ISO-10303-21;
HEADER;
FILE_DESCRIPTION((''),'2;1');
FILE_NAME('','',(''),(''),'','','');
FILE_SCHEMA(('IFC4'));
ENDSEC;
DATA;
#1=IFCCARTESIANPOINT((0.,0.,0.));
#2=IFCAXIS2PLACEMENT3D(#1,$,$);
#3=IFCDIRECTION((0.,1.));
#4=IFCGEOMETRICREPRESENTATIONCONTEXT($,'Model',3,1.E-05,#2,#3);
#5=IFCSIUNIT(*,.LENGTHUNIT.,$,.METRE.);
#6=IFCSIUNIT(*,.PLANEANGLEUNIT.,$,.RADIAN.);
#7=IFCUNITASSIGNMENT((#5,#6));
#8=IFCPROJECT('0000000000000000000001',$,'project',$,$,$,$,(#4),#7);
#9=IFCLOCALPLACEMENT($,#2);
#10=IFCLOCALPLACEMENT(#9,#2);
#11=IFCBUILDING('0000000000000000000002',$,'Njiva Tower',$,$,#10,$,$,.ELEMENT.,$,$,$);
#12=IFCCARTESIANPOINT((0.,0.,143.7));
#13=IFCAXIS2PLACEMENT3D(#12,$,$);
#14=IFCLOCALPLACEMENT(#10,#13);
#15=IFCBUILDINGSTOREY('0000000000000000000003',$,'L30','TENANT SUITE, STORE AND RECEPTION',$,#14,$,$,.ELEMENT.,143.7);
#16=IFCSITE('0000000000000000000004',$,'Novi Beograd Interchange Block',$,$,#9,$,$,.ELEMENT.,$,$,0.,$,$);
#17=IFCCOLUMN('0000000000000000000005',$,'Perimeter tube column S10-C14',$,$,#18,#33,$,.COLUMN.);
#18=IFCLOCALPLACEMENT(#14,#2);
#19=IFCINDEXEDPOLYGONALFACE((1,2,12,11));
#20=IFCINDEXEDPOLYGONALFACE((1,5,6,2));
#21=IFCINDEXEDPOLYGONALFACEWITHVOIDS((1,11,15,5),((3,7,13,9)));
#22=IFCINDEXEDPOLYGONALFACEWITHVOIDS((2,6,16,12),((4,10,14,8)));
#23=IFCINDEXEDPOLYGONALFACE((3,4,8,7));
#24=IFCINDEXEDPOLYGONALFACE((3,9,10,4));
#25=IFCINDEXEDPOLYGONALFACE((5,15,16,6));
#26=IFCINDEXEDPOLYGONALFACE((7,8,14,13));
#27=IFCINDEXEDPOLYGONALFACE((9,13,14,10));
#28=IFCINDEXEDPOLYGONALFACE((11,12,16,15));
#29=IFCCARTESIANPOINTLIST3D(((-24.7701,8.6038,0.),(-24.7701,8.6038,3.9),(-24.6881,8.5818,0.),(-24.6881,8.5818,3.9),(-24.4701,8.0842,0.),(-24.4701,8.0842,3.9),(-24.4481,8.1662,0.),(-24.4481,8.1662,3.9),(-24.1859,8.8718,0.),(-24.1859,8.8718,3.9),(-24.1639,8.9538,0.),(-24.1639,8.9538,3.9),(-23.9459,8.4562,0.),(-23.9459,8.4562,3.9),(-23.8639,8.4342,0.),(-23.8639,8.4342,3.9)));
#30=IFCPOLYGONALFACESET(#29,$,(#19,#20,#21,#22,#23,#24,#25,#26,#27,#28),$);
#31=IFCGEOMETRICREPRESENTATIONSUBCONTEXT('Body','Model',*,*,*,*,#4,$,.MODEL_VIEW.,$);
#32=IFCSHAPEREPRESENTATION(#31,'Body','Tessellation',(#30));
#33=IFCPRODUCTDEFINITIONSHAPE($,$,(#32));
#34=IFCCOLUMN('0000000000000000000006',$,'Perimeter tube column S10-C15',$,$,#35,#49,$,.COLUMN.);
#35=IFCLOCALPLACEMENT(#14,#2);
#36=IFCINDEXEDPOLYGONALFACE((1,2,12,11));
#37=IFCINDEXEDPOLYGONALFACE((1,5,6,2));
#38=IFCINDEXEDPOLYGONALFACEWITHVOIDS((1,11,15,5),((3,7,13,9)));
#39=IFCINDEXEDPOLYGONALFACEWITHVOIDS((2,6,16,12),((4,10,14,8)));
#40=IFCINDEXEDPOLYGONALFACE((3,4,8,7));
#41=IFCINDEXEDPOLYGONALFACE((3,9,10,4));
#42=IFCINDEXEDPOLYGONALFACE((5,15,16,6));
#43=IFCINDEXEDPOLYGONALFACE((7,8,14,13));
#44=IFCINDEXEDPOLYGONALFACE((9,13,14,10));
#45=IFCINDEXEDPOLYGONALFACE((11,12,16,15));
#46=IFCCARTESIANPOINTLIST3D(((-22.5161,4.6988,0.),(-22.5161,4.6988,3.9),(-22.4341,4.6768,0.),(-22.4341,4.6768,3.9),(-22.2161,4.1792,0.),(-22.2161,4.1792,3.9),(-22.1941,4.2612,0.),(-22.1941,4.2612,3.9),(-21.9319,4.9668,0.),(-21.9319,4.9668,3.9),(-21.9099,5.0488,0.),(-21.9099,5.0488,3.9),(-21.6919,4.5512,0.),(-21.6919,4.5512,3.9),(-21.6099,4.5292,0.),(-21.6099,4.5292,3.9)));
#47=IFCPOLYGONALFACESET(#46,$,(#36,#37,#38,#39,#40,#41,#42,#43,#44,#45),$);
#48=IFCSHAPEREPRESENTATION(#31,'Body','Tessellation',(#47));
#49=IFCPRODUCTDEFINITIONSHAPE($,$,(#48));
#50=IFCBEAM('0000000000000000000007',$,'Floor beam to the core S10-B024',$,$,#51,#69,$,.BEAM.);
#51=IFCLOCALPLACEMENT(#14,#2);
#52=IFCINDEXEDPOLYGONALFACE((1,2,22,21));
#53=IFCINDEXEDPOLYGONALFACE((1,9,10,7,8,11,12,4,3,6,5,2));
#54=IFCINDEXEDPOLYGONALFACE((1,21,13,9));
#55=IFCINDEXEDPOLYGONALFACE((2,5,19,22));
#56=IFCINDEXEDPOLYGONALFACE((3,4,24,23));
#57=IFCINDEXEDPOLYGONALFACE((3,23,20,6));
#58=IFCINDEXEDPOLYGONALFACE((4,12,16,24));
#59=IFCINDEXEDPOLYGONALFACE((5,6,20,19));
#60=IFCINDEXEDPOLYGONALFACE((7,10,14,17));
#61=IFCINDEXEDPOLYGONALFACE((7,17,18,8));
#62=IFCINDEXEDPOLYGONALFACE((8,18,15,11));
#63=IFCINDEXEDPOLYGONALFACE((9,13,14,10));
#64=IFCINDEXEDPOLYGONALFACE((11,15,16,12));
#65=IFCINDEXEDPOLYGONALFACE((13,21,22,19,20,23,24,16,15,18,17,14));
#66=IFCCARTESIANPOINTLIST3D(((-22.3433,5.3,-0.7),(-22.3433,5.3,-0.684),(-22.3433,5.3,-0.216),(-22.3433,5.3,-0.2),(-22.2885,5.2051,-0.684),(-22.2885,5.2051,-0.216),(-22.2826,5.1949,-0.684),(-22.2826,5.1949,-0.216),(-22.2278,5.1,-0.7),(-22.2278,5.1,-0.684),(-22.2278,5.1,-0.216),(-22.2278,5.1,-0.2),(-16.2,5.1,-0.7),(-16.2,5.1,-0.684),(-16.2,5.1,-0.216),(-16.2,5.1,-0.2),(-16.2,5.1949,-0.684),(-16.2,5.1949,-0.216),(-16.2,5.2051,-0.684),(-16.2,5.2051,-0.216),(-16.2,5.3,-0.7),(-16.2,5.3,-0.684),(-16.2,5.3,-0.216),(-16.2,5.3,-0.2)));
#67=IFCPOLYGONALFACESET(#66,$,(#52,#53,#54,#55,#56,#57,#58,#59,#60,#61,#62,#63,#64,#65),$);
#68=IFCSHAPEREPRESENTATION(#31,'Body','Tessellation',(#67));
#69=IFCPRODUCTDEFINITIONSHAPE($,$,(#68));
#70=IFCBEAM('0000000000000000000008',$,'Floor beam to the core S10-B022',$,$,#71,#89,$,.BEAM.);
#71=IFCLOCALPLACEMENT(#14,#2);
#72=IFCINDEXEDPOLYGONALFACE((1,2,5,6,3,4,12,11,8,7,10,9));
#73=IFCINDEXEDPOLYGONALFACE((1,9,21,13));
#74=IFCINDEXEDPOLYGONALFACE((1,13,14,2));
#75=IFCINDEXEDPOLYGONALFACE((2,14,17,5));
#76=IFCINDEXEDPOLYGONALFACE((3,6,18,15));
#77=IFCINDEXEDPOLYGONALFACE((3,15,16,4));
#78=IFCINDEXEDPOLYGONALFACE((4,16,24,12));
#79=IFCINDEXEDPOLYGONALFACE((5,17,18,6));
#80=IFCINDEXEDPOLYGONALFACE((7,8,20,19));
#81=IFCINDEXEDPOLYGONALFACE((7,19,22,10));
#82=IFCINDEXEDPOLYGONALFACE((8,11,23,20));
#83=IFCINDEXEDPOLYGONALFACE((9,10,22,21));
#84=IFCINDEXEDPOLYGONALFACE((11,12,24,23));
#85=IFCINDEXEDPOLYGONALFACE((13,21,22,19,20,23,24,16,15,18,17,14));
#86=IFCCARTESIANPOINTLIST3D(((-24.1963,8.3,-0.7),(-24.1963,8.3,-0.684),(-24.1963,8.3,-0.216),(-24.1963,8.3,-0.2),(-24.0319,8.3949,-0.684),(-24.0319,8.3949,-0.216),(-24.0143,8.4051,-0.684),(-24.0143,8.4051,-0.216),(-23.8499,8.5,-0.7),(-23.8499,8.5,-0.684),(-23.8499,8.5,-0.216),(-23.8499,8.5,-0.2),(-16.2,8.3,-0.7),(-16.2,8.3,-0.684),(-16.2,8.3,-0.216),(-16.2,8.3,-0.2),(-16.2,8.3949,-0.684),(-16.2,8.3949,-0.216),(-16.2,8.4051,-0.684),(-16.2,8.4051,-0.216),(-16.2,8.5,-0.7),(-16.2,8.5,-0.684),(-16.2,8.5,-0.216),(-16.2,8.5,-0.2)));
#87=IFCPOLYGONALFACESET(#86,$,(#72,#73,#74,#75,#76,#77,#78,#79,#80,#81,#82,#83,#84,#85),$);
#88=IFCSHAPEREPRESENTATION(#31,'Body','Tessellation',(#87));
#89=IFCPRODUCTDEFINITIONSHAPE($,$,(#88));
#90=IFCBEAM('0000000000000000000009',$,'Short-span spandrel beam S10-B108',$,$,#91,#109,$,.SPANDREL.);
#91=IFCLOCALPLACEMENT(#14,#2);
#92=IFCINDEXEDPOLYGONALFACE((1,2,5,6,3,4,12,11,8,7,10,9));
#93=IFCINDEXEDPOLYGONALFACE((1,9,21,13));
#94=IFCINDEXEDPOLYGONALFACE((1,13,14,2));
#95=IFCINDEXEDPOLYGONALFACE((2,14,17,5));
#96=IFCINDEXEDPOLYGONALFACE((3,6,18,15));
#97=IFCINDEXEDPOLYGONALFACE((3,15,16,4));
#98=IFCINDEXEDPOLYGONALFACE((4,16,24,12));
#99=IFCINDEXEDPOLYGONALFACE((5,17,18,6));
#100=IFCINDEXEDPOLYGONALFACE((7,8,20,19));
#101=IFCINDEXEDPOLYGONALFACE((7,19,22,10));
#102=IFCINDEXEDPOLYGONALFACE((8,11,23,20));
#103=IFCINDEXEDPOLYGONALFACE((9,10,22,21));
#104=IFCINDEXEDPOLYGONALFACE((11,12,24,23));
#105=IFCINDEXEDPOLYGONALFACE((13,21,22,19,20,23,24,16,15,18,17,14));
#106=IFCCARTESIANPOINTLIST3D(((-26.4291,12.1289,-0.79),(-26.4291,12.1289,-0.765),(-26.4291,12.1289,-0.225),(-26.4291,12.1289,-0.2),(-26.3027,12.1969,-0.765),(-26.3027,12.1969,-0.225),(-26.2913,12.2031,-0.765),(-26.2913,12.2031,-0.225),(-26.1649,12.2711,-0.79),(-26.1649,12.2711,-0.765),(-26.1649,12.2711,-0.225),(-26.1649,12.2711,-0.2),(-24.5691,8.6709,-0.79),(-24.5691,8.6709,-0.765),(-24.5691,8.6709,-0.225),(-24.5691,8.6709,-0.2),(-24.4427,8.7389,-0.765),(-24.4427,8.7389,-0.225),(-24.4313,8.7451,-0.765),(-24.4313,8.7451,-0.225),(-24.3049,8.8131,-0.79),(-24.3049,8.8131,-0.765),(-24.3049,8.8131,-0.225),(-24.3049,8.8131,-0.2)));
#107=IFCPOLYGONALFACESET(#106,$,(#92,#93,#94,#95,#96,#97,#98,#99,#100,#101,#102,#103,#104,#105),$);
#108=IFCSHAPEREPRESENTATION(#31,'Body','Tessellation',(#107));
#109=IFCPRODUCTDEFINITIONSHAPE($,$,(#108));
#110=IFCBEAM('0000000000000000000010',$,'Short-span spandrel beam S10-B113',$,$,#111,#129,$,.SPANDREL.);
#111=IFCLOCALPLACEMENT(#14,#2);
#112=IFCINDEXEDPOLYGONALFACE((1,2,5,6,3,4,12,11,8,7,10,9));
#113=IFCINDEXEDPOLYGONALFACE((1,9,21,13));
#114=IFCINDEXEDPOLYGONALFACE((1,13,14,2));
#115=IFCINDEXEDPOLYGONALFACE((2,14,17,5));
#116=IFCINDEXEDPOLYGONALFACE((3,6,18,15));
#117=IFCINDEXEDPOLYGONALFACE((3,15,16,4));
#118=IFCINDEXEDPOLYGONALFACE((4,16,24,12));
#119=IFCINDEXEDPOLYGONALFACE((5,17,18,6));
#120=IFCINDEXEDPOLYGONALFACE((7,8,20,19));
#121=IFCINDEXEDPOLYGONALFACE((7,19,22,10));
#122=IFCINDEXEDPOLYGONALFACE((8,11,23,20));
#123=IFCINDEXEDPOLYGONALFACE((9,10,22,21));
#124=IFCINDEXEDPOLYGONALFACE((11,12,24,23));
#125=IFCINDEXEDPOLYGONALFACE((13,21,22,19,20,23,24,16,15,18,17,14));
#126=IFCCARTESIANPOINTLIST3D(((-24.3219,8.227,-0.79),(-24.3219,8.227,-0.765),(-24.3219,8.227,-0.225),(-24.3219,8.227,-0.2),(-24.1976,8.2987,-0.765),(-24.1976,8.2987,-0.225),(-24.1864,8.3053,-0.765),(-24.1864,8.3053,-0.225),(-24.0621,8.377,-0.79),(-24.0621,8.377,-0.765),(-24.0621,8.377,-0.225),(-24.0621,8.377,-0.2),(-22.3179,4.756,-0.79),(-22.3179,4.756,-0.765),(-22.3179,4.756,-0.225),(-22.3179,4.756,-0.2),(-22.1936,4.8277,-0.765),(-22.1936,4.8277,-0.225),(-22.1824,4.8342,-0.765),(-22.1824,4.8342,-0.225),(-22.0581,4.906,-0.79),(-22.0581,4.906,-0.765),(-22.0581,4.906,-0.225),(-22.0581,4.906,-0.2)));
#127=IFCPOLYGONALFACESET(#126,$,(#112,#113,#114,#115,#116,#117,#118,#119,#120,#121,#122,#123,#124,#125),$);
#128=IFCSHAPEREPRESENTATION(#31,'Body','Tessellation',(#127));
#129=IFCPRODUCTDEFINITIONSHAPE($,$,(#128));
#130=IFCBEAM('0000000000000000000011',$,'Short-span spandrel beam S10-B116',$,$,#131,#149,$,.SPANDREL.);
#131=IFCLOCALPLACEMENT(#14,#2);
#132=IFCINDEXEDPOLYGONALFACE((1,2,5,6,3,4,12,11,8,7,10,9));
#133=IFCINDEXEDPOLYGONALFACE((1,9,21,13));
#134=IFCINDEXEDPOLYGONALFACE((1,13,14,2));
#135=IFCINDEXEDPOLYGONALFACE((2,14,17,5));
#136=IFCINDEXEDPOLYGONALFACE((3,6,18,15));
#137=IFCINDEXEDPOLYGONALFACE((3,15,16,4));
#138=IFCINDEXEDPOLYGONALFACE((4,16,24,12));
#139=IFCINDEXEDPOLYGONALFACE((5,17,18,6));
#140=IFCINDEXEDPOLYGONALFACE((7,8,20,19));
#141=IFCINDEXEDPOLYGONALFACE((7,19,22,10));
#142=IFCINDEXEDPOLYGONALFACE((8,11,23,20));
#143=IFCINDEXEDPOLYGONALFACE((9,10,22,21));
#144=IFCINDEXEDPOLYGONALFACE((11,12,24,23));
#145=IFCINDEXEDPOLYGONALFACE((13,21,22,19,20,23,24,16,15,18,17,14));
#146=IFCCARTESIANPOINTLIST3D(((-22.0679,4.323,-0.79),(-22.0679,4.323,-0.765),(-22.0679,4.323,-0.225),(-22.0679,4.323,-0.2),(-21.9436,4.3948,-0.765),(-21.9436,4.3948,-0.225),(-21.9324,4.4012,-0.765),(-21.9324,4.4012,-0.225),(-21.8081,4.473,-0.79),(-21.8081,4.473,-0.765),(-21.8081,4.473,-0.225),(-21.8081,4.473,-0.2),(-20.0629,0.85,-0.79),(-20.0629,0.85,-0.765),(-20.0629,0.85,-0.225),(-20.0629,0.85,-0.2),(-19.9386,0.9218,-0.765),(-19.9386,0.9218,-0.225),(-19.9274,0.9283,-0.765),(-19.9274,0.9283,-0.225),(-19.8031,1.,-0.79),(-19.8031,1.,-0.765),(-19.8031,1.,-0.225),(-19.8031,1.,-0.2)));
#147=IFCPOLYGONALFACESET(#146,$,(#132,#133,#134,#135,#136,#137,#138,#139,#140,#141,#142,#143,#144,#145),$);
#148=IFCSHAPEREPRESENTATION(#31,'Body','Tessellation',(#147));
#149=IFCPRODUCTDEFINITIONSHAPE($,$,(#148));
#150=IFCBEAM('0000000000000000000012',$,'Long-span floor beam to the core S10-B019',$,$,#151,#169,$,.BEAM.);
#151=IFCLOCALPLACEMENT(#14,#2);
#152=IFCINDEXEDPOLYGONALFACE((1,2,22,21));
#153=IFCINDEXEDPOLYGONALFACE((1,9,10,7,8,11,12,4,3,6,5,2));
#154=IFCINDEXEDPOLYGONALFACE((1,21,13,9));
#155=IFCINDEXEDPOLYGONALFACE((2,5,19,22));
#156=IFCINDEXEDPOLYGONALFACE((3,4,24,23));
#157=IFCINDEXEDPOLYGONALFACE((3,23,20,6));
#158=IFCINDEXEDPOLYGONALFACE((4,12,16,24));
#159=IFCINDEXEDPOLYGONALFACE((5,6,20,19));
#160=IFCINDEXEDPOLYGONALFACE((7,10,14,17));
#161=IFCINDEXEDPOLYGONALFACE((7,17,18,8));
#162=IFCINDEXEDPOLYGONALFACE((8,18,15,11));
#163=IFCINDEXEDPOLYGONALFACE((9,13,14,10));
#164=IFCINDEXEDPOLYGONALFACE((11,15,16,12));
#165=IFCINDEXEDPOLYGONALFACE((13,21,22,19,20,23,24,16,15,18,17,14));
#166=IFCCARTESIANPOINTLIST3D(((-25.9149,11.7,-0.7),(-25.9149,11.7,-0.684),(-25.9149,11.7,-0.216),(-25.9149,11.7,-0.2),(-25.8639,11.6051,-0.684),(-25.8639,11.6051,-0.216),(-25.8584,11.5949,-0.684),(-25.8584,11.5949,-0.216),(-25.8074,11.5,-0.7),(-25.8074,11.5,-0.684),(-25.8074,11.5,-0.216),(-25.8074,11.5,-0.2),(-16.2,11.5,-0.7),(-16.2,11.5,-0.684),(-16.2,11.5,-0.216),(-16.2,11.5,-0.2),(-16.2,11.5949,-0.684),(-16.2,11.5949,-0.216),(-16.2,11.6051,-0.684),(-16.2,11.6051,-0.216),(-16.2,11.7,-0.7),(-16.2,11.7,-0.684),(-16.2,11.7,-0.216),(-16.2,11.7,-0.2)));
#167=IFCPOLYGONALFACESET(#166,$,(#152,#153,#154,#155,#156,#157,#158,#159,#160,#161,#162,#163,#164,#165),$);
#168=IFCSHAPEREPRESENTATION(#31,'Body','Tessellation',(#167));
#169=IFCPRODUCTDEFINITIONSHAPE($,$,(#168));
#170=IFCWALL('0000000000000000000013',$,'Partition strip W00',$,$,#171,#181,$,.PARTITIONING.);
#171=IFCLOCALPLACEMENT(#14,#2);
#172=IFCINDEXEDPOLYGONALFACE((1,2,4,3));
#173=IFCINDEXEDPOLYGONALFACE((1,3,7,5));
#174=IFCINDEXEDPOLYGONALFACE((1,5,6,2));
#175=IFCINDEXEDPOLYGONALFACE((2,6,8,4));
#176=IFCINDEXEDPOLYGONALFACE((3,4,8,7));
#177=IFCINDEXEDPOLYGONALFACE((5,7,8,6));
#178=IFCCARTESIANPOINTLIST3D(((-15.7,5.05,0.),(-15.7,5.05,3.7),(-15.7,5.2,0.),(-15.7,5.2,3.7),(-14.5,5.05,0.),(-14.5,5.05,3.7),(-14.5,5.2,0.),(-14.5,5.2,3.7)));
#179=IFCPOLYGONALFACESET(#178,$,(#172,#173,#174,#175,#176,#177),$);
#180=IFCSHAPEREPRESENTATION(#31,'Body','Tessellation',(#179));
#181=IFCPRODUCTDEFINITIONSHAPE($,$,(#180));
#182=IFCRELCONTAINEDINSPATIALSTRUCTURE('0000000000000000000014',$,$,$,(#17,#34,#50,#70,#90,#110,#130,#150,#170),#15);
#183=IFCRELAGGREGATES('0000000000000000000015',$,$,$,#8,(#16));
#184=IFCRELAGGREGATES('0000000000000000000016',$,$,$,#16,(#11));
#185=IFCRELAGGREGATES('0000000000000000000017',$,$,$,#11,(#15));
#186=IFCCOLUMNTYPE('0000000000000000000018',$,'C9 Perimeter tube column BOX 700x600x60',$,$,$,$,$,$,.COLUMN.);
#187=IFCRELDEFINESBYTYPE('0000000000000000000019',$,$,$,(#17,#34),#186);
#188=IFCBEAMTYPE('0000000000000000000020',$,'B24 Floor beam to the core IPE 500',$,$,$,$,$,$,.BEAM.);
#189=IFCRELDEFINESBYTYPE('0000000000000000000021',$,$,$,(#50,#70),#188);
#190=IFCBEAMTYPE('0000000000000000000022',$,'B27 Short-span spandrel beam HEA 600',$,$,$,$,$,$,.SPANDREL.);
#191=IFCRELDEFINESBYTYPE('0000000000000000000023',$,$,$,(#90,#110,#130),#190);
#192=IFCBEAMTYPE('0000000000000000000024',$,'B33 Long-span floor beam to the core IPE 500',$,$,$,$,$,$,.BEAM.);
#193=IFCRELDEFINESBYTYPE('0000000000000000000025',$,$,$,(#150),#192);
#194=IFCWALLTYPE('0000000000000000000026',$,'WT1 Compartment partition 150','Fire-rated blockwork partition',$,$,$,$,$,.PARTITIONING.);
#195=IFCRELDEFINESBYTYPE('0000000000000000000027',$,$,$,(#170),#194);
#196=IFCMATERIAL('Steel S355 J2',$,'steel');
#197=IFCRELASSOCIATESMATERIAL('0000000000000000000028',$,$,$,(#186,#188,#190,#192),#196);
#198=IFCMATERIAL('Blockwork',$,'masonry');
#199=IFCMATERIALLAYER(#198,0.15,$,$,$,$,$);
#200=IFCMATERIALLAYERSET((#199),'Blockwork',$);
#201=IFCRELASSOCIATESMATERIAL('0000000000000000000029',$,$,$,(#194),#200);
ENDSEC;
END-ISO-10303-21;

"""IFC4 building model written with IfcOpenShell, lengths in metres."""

from ifc_helpers import new_model, si_unit, direction, frame, frame_2d, origin, origin_2d, place, context, subcontext, project, spatial, rectangle, hollow_rectangle, i_section, extrude, clip, halfspace, material, layer, layer_set, material_profile, profile_set, type_object, element, save


model = new_model("IFC4")

# Units and contexts
model_context = context("Model", 3, precision=1e-05, world=origin(), true_north=direction((0.0, 1.0)))
body_context = subcontext(model_context, "Body", "Model", "MODEL_VIEW")
ifc_project = project(units=[si_unit("LENGTHUNIT", "METRE"), si_unit("PLANEANGLEUNIT", "RADIAN")], contexts=[model_context])

# Site, building, storey
site_placement = place(None, origin())
site = spatial("IfcSite", under=ifc_project, at=site_placement, Name="Novi Beograd Interchange Block", CompositionType="ELEMENT", RefElevation=0.0)
building_placement = place(site_placement, origin())
building = spatial("IfcBuilding", under=site, at=building_placement, Name="Njiva Tower", CompositionType="ELEMENT")
storey_placement = place(building_placement, frame((0.0, 0.0, 143.7)))
storey = spatial("IfcBuildingStorey", under=building, at=storey_placement, Name="L30", Description="TENANT SUITE, STORE AND RECEPTION", CompositionType="ELEMENT", Elevation=143.7)

# Columns
ifc_material_1 = material(Name="Steel S355 J2", Category="steel")
ifc_material_profile_1 = material_profile(ifc_material_1, hollow_rectangle(XDim=0.6, YDim=0.7, WallThickness=0.06, at=origin_2d()), Name="BOX 700x600x60")
ifc_profile_set_1 = profile_set([ifc_material_profile_1], Name="Steel S355 J2")
column_type = type_object("IfcColumnType", Name="C9 Perimeter tube column BOX 700x600x60", PredefinedType="COLUMN", material=ifc_profile_set_1)
for number, where, z_axis, x_axis, name in (
    (1, (-24.317, 8.519, 0.0), (0.0, 0.0, 1.0), (0.5, -0.866025, 0.0), "Perimeter tube column S10-C14"),
    (2, (-22.063, 4.614, 0.0), (0.0, 0.0, 1.0), (0.5, -0.866025, 0.0), "Perimeter tube column S10-C15"),
):
    element("IfcColumn", number, at=place(storey_placement, frame(where, z_axis=z_axis, x_axis=x_axis)), inside=storey, type_object=column_type, Name=name, PredefinedType="COLUMN", context=body_context, shape_type="SweptSolid", body=[
        extrude(hollow_rectangle(XDim=0.6, YDim=0.7, WallThickness=0.06, at=origin_2d()), origin(), (0.0, 0.0, 1.0), 3.9),
    ])

# Beams
ifc_material_profile_2 = material_profile(ifc_material_1, i_section(OverallWidth=0.2, OverallDepth=0.5, WebThickness=0.0102, FlangeThickness=0.016, at=origin_2d()), Name="IPE 500")
ifc_profile_set_2 = profile_set([ifc_material_profile_2], Name="Steel S355 J2")
beam_type_1 = type_object("IfcBeamType", Name="B24 Floor beam to the core IPE 500", PredefinedType="BEAM", material=ifc_profile_set_2)
beam_1_placement = place(storey_placement, frame((-22.364, 5.2, -0.45), z_axis=(1.0, 0.0, 0.0), x_axis=(0.0, 1.0, 0.0)))
element("IfcBeam", 3, at=beam_1_placement, inside=storey, type_object=beam_type_1, Name="Floor beam to the core S10-B024", PredefinedType="BEAM", context=body_context, shape_type="Clipping", body=[
    clip(extrude(i_section(OverallWidth=0.2, OverallDepth=0.5, WebThickness=0.0102, FlangeThickness=0.016, at=origin_2d()), origin(), (0.0, 0.0, 1.0), 6.164), halfspace(frame((-0.025, 0.0, 0.0929), z_axis=(-0.499998, 0.0, -0.866027), x_axis=(0.0, -1.0, 0.0)), False)),
])
beam_2_placement = place(storey_placement, frame((-24.216, 8.4, -0.45), z_axis=(1.0, 0.0, 0.0), x_axis=(0.0, 1.0, 0.0)))
element("IfcBeam", 4, at=beam_2_placement, inside=storey, type_object=beam_type_1, Name="Floor beam to the core S10-B022", PredefinedType="BEAM", context=body_context, shape_type="Clipping", body=[
    clip(extrude(i_section(OverallWidth=0.2, OverallDepth=0.5, WebThickness=0.0102, FlangeThickness=0.016, at=origin_2d()), origin(), (0.0, 0.0, 1.0), 8.016), halfspace(frame((0.0433, 0.0, 0.2679), z_axis=(0.866027, 0.0, -0.499998), x_axis=(0.0, -1.0, 0.0)), False)),
])
ifc_material_profile_3 = material_profile(ifc_material_1, i_section(OverallWidth=0.3, OverallDepth=0.59, WebThickness=0.013, FlangeThickness=0.025, at=origin_2d()), Name="HEA 600")
ifc_profile_set_3 = profile_set([ifc_material_profile_3], Name="Steel S355 J2")
beam_type_2 = type_object("IfcBeamType", Name="B27 Short-span spandrel beam HEA 600", PredefinedType="SPANDREL", material=ifc_profile_set_3)
beam_3_placement = place(storey_placement, frame((-26.297, 12.2, -0.495), z_axis=(0.473705, -0.880684, 0.0), x_axis=(0.880684, 0.473705, 0.0)))
element("IfcBeam", 5, at=beam_3_placement, inside=storey, type_object=beam_type_2, Name="Short-span spandrel beam S10-B108", PredefinedType="SPANDREL", context=body_context, shape_type="SweptSolid", body=[
    extrude(i_section(OverallWidth=0.3, OverallDepth=0.59, WebThickness=0.013, FlangeThickness=0.025, at=origin_2d()), origin(), (0.0, 0.0, 1.0), 3.9265),
])
beam_4_placement = place(storey_placement, frame((-24.192, 8.302, -0.495), z_axis=(0.500003, -0.866024, 0.0), x_axis=(0.866024, 0.500003, 0.0)))
element("IfcBeam", 6, at=beam_4_placement, inside=storey, type_object=beam_type_2, Name="Short-span spandrel beam S10-B113", PredefinedType="SPANDREL", context=body_context, shape_type="SweptSolid", body=[
    extrude(i_section(OverallWidth=0.3, OverallDepth=0.59, WebThickness=0.013, FlangeThickness=0.025, at=origin_2d()), origin(), (0.0, 0.0, 1.0), 4.008),
])
beam_5_placement = place(storey_placement, frame((-21.938, 4.398, -0.495), z_axis=(0.499974, -0.86604, 0.0), x_axis=(0.86604, 0.499974, 0.0)))
element("IfcBeam", 7, at=beam_5_placement, inside=storey, type_object=beam_type_2, Name="Short-span spandrel beam S10-B116", PredefinedType="SPANDREL", context=body_context, shape_type="SweptSolid", body=[
    extrude(i_section(OverallWidth=0.3, OverallDepth=0.59, WebThickness=0.013, FlangeThickness=0.025, at=origin_2d()), origin(), (0.0, 0.0, 1.0), 4.0102),
])
ifc_material_profile_4 = material_profile(ifc_material_1, i_section(OverallWidth=0.2, OverallDepth=0.5, WebThickness=0.0102, FlangeThickness=0.016, at=origin_2d()), Name="IPE 500")
ifc_profile_set_4 = profile_set([ifc_material_profile_4], Name="Steel S355 J2")
beam_type_3 = type_object("IfcBeamType", Name="B33 Long-span floor beam to the core IPE 500", PredefinedType="BEAM", material=ifc_profile_set_4)
beam_6_placement = place(storey_placement, frame((-25.935, 11.6, -0.45), z_axis=(1.0, 0.0, 0.0), x_axis=(0.0, 1.0, 0.0)))
element("IfcBeam", 8, at=beam_6_placement, inside=storey, type_object=beam_type_3, Name="Long-span floor beam to the core S10-B019", PredefinedType="BEAM", context=body_context, shape_type="Clipping", body=[
    clip(extrude(i_section(OverallWidth=0.2, OverallDepth=0.5, WebThickness=0.0102, FlangeThickness=0.016, at=origin_2d()), origin(), (0.0, 0.0, 1.0), 9.735), halfspace(frame((-0.0237, 0.0, 0.0866), z_axis=(-0.473777, 0.0, -0.880645), x_axis=(0.0, -1.0, 0.0)), False)),
])

# Wall
ifc_material_2 = material(Name="Blockwork", Category="masonry")
ifc_layer_1 = layer(ifc_material_2, 0.15)
ifc_layer_set_1 = layer_set([ifc_layer_1], Name="Blockwork")
wall_type_1 = type_object("IfcWallType", Name="WT1 Compartment partition 150", Description="Fire-rated blockwork partition", PredefinedType="PARTITIONING", material=ifc_layer_set_1)
wall_1_placement = place(storey_placement, frame((-15.7, 5.125, 0.0), z_axis=(0.0, 0.0, 1.0), x_axis=(1.0, 0.0, 0.0)))
element("IfcWall", 9, at=wall_1_placement, inside=storey, type_object=wall_type_1, Name="Partition strip W00", PredefinedType="PARTITIONING", context=body_context, shape_type="SweptSolid", body=[
    extrude(rectangle(XDim=1.2, YDim=0.15, at=frame_2d((0.6, 0.0))), origin(), (0.0, 0.0, 1.0), 3.7),
])

save(model, "model.ifc")
